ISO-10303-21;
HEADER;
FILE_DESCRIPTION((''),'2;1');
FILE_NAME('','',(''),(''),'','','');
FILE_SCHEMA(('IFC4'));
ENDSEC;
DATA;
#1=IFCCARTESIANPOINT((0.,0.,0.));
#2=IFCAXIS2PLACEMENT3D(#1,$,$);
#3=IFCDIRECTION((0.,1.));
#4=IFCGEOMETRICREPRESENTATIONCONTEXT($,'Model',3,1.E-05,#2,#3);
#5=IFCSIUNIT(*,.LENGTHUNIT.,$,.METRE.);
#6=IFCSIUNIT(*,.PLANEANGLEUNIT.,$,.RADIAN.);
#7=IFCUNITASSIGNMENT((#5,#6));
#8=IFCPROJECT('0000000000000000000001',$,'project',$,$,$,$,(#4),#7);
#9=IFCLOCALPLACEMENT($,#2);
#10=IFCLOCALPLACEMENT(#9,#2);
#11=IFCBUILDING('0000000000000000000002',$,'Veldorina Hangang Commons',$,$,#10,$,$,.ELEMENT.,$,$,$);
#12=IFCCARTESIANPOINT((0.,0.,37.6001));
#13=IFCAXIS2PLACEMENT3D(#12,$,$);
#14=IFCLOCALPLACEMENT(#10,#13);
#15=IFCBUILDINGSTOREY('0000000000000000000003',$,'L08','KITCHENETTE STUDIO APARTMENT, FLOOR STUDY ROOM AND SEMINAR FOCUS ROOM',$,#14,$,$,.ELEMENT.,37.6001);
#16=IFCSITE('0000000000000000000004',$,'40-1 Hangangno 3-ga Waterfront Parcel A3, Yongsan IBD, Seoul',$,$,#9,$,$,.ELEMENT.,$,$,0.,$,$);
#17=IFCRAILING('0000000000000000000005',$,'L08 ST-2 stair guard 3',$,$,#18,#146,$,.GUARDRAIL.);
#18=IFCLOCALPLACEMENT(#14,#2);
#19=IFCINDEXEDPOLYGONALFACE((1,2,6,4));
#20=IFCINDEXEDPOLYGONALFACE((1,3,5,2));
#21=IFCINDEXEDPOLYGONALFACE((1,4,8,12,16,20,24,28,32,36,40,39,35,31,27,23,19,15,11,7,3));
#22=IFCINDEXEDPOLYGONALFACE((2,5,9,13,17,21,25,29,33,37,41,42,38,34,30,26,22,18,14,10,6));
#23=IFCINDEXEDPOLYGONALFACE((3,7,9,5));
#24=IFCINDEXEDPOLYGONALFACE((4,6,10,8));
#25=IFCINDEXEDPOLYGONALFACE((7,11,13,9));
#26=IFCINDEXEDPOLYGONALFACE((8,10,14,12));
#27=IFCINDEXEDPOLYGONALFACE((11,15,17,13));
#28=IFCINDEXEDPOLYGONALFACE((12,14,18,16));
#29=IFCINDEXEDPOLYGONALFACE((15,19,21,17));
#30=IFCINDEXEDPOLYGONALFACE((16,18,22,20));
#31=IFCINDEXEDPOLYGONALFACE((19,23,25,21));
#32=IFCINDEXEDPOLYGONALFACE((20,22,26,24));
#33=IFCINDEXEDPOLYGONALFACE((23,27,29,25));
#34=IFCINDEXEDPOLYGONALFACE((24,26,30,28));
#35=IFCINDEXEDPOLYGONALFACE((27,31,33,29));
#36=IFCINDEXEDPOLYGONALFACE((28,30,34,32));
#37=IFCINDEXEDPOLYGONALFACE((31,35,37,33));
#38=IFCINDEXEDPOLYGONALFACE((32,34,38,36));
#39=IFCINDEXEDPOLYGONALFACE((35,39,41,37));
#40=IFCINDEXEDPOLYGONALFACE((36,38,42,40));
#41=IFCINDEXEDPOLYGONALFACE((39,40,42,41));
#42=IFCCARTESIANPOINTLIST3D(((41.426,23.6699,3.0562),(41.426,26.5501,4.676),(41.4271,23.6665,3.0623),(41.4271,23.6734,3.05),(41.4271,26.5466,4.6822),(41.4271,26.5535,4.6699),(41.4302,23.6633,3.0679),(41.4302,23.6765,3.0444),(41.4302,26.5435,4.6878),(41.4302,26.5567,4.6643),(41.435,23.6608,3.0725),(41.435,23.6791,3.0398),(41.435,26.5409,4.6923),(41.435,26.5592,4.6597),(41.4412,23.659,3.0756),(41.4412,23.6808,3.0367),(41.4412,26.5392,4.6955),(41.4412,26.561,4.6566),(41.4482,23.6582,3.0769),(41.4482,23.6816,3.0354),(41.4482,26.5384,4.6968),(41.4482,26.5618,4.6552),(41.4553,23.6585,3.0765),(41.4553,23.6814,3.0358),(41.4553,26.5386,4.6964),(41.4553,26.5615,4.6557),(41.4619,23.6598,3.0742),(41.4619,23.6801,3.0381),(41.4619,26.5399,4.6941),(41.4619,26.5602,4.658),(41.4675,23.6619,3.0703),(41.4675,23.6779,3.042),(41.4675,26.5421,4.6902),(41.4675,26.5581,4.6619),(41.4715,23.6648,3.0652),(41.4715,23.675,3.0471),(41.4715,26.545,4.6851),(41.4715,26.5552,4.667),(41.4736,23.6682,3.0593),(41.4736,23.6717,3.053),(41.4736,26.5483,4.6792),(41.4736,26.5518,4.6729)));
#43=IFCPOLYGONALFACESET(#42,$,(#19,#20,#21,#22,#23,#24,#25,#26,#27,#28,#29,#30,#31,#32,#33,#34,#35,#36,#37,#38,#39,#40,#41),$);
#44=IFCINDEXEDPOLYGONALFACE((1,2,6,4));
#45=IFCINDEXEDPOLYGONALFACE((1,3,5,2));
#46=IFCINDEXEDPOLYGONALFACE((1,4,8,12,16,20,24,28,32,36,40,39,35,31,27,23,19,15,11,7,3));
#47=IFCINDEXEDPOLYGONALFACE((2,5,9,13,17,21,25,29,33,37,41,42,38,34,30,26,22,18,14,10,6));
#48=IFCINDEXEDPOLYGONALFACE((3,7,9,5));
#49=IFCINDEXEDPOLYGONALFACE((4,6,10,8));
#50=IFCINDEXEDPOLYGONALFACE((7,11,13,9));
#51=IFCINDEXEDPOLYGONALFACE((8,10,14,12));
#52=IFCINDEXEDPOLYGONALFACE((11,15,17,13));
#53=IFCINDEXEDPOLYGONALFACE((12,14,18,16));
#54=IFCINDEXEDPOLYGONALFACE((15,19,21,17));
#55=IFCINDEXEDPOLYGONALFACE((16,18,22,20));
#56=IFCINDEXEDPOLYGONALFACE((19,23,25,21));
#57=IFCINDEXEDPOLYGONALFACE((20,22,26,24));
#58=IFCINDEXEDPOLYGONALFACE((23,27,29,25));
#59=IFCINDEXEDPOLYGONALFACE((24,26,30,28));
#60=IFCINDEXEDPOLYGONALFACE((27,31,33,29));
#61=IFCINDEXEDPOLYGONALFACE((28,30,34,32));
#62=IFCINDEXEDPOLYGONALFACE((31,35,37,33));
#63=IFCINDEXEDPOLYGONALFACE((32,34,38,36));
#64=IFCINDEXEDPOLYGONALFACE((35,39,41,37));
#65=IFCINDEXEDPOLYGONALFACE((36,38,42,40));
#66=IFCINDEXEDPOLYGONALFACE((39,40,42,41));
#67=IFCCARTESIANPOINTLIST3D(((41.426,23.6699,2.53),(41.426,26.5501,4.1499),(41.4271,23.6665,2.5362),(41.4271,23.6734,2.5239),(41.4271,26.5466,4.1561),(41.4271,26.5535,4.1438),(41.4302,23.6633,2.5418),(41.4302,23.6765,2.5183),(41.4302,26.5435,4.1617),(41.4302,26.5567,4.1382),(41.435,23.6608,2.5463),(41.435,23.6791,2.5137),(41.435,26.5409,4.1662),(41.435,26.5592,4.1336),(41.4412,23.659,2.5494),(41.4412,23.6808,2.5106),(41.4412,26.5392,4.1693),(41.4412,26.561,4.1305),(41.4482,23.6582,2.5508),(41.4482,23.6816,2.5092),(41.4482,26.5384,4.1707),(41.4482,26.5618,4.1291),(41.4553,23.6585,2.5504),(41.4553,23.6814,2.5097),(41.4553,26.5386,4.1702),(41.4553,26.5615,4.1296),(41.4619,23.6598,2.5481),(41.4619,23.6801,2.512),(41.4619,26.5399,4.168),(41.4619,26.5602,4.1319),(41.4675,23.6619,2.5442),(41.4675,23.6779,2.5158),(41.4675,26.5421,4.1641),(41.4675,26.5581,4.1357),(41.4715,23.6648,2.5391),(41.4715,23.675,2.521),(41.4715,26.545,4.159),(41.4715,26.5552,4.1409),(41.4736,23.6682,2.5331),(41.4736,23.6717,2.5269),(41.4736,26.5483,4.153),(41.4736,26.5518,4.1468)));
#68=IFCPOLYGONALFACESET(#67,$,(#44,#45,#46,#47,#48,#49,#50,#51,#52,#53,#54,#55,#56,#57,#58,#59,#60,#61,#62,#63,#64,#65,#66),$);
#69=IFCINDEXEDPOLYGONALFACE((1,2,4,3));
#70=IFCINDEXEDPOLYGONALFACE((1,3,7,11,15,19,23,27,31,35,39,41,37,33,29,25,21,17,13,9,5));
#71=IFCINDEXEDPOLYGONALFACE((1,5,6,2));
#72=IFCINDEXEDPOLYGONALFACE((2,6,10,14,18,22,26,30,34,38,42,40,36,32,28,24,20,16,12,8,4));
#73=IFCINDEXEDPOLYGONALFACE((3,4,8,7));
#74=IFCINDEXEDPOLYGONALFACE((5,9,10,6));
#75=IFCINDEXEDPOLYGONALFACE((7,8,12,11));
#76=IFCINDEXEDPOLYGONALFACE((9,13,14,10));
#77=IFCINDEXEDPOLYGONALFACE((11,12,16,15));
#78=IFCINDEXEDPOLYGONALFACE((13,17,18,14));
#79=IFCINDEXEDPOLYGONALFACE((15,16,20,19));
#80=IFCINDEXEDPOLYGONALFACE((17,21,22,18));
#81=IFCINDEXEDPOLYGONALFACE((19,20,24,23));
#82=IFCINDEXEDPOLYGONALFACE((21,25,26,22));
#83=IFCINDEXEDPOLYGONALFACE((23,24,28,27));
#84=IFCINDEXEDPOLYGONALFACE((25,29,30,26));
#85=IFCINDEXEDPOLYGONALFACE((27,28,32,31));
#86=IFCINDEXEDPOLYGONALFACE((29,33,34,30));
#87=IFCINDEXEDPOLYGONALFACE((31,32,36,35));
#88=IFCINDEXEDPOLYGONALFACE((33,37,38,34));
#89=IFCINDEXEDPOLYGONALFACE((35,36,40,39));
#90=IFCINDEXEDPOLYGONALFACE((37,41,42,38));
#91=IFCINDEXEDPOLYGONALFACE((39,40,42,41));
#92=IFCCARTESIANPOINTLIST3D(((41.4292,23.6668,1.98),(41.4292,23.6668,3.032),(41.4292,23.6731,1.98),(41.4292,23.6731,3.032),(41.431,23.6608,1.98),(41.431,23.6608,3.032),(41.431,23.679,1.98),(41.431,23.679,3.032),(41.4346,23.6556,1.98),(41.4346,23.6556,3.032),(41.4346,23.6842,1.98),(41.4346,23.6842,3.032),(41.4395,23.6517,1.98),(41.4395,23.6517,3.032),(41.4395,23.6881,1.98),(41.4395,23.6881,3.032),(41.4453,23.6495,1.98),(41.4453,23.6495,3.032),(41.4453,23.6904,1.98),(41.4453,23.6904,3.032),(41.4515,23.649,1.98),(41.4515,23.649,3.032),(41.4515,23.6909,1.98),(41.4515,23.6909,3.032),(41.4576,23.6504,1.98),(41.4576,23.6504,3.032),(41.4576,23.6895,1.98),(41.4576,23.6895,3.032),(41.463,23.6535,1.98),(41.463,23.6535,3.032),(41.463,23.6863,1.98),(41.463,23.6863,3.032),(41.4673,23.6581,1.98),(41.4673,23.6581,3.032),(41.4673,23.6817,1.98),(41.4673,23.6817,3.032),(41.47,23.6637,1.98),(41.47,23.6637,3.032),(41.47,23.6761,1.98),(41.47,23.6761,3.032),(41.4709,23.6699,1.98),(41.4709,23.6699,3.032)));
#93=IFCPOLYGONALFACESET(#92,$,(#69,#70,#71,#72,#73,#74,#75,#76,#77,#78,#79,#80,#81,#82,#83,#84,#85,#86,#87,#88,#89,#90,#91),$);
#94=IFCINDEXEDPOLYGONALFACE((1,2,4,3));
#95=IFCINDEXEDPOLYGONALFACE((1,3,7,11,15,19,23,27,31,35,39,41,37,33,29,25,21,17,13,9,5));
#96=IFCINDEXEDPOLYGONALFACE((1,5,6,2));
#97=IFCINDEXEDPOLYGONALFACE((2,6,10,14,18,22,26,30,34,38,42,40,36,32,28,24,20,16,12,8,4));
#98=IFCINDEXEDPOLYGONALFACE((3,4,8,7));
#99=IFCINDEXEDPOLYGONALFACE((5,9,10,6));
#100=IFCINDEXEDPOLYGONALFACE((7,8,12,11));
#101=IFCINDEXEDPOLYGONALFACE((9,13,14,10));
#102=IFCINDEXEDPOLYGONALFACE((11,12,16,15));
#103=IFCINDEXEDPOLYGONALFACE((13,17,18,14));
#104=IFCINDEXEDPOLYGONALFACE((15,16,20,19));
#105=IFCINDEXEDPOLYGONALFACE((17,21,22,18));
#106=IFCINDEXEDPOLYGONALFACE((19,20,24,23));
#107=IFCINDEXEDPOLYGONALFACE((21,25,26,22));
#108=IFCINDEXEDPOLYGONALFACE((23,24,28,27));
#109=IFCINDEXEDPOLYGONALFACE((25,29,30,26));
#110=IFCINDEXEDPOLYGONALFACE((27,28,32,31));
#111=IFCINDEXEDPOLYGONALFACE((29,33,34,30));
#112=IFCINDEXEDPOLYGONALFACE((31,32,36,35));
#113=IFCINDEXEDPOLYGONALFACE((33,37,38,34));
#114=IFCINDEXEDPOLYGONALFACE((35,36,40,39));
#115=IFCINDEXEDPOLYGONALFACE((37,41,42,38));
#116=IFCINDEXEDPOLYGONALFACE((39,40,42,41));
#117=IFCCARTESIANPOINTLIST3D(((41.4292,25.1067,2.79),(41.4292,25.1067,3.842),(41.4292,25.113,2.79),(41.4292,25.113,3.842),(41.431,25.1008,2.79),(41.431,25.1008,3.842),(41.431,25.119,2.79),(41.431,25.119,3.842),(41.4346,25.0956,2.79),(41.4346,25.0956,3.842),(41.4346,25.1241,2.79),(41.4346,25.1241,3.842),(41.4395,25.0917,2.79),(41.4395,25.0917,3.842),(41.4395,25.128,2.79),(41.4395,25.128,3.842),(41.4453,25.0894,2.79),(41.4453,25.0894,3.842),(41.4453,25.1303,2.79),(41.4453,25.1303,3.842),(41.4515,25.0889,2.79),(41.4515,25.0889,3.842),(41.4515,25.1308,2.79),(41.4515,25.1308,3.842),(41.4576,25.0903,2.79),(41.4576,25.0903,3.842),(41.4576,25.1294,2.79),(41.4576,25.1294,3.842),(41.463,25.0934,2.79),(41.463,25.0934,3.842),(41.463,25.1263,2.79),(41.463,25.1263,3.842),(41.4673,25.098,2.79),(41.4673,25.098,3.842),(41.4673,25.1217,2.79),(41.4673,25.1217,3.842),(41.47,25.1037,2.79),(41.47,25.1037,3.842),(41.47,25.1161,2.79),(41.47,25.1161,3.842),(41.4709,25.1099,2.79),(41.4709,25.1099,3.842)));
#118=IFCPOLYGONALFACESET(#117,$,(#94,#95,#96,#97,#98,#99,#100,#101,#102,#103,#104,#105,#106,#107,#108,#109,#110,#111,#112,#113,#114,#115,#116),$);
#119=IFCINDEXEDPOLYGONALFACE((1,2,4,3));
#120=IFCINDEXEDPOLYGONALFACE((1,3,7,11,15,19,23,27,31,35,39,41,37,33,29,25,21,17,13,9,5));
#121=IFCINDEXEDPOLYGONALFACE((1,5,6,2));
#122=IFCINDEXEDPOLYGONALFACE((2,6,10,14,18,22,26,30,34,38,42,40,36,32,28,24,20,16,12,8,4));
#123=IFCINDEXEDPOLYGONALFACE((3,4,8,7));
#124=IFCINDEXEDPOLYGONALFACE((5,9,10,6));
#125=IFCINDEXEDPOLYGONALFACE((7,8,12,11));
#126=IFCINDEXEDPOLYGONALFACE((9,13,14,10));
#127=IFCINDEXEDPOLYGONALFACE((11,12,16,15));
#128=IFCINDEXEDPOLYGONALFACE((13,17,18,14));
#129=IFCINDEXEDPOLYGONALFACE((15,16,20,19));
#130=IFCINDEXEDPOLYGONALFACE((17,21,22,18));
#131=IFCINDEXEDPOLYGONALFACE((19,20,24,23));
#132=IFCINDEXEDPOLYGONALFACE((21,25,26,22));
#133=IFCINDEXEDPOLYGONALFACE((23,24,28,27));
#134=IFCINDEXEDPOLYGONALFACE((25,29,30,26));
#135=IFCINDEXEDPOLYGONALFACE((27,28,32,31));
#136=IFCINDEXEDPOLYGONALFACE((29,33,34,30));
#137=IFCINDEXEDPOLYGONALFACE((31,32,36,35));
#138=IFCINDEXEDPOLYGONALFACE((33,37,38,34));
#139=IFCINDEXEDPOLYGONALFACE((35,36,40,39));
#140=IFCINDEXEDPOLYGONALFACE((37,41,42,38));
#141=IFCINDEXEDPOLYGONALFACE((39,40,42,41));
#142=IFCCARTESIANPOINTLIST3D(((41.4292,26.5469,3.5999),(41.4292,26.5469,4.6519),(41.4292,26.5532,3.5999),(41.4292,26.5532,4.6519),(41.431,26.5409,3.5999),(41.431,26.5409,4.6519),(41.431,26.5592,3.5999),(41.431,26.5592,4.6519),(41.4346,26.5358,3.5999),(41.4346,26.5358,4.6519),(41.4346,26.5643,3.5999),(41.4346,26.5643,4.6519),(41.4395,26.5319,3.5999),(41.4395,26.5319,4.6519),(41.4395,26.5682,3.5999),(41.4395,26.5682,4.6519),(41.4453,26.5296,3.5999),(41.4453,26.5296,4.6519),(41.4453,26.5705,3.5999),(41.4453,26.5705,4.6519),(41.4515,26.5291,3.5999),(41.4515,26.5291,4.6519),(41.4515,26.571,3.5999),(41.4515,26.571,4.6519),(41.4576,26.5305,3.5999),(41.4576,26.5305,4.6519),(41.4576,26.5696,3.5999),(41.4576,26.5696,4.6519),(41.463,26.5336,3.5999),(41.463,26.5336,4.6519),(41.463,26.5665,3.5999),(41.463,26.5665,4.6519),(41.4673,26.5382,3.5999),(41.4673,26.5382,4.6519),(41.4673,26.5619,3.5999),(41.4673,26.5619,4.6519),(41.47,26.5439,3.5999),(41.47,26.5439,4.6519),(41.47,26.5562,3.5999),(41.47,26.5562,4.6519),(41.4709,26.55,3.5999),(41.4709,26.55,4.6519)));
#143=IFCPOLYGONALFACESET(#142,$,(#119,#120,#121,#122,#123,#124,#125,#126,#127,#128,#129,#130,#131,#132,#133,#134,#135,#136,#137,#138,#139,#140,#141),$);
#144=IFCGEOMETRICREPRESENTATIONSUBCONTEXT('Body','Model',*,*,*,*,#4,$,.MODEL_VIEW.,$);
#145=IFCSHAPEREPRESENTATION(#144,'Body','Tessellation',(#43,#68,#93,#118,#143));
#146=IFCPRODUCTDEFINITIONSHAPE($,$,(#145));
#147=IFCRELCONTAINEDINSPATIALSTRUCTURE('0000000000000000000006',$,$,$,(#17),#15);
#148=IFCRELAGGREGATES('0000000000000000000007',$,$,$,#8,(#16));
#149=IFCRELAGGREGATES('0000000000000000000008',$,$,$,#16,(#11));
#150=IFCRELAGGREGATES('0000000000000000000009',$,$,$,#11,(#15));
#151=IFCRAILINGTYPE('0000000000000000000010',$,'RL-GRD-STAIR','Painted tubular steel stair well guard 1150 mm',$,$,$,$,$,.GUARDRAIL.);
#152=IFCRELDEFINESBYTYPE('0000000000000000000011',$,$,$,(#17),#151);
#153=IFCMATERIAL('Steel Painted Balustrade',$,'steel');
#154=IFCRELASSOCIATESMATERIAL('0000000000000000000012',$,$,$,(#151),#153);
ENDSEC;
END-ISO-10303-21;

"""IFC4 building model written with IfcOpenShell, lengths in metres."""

from ifc_helpers import new_model, si_unit, direction, frame, origin, origin_2d, place, context, subcontext, project, spatial, circle, extrude, material, type_object, element, save


model = new_model("IFC4")

# Units and contexts
model_context = context("Model", 3, precision=1e-05, world=origin(), true_north=direction((0.0, 1.0)))
body_context = subcontext(model_context, "Body", "Model", "MODEL_VIEW")
ifc_project = project(units=[si_unit("LENGTHUNIT", "METRE"), si_unit("PLANEANGLEUNIT", "RADIAN")], contexts=[model_context])

# Site, building, storey
site_placement = place(None, origin())
site = spatial("IfcSite", under=ifc_project, at=site_placement, Name="40-1 Hangangno 3-ga Waterfront Parcel A3, Yongsan IBD, Seoul", CompositionType="ELEMENT", RefElevation=0.0)
building_placement = place(site_placement, origin())
building = spatial("IfcBuilding", under=site, at=building_placement, Name="Veldorina Hangang Commons", CompositionType="ELEMENT")
storey_placement = place(building_placement, frame((0.0, 0.0, 37.6001)))
storey = spatial("IfcBuildingStorey", under=building, at=storey_placement, Name="L08", Description="KITCHENETTE STUDIO APARTMENT, FLOOR STUDY ROOM AND SEMINAR FOCUS ROOM", CompositionType="ELEMENT", Elevation=37.6001)

# Railing
ifc_material_1 = material(Name="Steel Painted Balustrade", Category="steel")
railing_type_1 = type_object("IfcRailingType", Name="RL-GRD-STAIR", Description="Painted tubular steel stair well guard 1150 mm", PredefinedType="GUARDRAIL", material=ifc_material_1)
railing_1_placement = place(storey_placement, frame((41.45, 23.6699, 1.98)))
element("IfcRailing", 1, at=railing_1_placement, inside=storey, type_object=railing_type_1, Name="L08 ST-2 stair guard 3", PredefinedType="GUARDRAIL", context=body_context, shape_type="SweptSolid", body=[
    extrude(circle(Radius=0.0239, at=origin_2d()), frame((0.0, 0.0, 1.0762), z_axis=(0.0, 0.871601, 0.490216), x_axis=(-1.0, 0.0, 0.0)), (0.0, 0.0, 1.0), 3.3044),
    extrude(circle(Radius=0.0239, at=origin_2d()), frame((0.0, 0.0, 0.55), z_axis=(0.0, 0.871601, 0.490216), x_axis=(-1.0, 0.0, 0.0)), (0.0, 0.0, 1.0), 3.3044),
    extrude(circle(Radius=0.021, at=origin_2d()), origin(), (0.0, 0.0, 1.0), 1.052),
    extrude(circle(Radius=0.021, at=origin_2d()), frame((0.0, 1.4399, 0.8101)), (0.0, 0.0, 1.0), 1.052),
    extrude(circle(Radius=0.021, at=origin_2d()), frame((0.0, 2.8801, 1.6199)), (0.0, 0.0, 1.0), 1.052),
])

save(model, "model.ifc")
